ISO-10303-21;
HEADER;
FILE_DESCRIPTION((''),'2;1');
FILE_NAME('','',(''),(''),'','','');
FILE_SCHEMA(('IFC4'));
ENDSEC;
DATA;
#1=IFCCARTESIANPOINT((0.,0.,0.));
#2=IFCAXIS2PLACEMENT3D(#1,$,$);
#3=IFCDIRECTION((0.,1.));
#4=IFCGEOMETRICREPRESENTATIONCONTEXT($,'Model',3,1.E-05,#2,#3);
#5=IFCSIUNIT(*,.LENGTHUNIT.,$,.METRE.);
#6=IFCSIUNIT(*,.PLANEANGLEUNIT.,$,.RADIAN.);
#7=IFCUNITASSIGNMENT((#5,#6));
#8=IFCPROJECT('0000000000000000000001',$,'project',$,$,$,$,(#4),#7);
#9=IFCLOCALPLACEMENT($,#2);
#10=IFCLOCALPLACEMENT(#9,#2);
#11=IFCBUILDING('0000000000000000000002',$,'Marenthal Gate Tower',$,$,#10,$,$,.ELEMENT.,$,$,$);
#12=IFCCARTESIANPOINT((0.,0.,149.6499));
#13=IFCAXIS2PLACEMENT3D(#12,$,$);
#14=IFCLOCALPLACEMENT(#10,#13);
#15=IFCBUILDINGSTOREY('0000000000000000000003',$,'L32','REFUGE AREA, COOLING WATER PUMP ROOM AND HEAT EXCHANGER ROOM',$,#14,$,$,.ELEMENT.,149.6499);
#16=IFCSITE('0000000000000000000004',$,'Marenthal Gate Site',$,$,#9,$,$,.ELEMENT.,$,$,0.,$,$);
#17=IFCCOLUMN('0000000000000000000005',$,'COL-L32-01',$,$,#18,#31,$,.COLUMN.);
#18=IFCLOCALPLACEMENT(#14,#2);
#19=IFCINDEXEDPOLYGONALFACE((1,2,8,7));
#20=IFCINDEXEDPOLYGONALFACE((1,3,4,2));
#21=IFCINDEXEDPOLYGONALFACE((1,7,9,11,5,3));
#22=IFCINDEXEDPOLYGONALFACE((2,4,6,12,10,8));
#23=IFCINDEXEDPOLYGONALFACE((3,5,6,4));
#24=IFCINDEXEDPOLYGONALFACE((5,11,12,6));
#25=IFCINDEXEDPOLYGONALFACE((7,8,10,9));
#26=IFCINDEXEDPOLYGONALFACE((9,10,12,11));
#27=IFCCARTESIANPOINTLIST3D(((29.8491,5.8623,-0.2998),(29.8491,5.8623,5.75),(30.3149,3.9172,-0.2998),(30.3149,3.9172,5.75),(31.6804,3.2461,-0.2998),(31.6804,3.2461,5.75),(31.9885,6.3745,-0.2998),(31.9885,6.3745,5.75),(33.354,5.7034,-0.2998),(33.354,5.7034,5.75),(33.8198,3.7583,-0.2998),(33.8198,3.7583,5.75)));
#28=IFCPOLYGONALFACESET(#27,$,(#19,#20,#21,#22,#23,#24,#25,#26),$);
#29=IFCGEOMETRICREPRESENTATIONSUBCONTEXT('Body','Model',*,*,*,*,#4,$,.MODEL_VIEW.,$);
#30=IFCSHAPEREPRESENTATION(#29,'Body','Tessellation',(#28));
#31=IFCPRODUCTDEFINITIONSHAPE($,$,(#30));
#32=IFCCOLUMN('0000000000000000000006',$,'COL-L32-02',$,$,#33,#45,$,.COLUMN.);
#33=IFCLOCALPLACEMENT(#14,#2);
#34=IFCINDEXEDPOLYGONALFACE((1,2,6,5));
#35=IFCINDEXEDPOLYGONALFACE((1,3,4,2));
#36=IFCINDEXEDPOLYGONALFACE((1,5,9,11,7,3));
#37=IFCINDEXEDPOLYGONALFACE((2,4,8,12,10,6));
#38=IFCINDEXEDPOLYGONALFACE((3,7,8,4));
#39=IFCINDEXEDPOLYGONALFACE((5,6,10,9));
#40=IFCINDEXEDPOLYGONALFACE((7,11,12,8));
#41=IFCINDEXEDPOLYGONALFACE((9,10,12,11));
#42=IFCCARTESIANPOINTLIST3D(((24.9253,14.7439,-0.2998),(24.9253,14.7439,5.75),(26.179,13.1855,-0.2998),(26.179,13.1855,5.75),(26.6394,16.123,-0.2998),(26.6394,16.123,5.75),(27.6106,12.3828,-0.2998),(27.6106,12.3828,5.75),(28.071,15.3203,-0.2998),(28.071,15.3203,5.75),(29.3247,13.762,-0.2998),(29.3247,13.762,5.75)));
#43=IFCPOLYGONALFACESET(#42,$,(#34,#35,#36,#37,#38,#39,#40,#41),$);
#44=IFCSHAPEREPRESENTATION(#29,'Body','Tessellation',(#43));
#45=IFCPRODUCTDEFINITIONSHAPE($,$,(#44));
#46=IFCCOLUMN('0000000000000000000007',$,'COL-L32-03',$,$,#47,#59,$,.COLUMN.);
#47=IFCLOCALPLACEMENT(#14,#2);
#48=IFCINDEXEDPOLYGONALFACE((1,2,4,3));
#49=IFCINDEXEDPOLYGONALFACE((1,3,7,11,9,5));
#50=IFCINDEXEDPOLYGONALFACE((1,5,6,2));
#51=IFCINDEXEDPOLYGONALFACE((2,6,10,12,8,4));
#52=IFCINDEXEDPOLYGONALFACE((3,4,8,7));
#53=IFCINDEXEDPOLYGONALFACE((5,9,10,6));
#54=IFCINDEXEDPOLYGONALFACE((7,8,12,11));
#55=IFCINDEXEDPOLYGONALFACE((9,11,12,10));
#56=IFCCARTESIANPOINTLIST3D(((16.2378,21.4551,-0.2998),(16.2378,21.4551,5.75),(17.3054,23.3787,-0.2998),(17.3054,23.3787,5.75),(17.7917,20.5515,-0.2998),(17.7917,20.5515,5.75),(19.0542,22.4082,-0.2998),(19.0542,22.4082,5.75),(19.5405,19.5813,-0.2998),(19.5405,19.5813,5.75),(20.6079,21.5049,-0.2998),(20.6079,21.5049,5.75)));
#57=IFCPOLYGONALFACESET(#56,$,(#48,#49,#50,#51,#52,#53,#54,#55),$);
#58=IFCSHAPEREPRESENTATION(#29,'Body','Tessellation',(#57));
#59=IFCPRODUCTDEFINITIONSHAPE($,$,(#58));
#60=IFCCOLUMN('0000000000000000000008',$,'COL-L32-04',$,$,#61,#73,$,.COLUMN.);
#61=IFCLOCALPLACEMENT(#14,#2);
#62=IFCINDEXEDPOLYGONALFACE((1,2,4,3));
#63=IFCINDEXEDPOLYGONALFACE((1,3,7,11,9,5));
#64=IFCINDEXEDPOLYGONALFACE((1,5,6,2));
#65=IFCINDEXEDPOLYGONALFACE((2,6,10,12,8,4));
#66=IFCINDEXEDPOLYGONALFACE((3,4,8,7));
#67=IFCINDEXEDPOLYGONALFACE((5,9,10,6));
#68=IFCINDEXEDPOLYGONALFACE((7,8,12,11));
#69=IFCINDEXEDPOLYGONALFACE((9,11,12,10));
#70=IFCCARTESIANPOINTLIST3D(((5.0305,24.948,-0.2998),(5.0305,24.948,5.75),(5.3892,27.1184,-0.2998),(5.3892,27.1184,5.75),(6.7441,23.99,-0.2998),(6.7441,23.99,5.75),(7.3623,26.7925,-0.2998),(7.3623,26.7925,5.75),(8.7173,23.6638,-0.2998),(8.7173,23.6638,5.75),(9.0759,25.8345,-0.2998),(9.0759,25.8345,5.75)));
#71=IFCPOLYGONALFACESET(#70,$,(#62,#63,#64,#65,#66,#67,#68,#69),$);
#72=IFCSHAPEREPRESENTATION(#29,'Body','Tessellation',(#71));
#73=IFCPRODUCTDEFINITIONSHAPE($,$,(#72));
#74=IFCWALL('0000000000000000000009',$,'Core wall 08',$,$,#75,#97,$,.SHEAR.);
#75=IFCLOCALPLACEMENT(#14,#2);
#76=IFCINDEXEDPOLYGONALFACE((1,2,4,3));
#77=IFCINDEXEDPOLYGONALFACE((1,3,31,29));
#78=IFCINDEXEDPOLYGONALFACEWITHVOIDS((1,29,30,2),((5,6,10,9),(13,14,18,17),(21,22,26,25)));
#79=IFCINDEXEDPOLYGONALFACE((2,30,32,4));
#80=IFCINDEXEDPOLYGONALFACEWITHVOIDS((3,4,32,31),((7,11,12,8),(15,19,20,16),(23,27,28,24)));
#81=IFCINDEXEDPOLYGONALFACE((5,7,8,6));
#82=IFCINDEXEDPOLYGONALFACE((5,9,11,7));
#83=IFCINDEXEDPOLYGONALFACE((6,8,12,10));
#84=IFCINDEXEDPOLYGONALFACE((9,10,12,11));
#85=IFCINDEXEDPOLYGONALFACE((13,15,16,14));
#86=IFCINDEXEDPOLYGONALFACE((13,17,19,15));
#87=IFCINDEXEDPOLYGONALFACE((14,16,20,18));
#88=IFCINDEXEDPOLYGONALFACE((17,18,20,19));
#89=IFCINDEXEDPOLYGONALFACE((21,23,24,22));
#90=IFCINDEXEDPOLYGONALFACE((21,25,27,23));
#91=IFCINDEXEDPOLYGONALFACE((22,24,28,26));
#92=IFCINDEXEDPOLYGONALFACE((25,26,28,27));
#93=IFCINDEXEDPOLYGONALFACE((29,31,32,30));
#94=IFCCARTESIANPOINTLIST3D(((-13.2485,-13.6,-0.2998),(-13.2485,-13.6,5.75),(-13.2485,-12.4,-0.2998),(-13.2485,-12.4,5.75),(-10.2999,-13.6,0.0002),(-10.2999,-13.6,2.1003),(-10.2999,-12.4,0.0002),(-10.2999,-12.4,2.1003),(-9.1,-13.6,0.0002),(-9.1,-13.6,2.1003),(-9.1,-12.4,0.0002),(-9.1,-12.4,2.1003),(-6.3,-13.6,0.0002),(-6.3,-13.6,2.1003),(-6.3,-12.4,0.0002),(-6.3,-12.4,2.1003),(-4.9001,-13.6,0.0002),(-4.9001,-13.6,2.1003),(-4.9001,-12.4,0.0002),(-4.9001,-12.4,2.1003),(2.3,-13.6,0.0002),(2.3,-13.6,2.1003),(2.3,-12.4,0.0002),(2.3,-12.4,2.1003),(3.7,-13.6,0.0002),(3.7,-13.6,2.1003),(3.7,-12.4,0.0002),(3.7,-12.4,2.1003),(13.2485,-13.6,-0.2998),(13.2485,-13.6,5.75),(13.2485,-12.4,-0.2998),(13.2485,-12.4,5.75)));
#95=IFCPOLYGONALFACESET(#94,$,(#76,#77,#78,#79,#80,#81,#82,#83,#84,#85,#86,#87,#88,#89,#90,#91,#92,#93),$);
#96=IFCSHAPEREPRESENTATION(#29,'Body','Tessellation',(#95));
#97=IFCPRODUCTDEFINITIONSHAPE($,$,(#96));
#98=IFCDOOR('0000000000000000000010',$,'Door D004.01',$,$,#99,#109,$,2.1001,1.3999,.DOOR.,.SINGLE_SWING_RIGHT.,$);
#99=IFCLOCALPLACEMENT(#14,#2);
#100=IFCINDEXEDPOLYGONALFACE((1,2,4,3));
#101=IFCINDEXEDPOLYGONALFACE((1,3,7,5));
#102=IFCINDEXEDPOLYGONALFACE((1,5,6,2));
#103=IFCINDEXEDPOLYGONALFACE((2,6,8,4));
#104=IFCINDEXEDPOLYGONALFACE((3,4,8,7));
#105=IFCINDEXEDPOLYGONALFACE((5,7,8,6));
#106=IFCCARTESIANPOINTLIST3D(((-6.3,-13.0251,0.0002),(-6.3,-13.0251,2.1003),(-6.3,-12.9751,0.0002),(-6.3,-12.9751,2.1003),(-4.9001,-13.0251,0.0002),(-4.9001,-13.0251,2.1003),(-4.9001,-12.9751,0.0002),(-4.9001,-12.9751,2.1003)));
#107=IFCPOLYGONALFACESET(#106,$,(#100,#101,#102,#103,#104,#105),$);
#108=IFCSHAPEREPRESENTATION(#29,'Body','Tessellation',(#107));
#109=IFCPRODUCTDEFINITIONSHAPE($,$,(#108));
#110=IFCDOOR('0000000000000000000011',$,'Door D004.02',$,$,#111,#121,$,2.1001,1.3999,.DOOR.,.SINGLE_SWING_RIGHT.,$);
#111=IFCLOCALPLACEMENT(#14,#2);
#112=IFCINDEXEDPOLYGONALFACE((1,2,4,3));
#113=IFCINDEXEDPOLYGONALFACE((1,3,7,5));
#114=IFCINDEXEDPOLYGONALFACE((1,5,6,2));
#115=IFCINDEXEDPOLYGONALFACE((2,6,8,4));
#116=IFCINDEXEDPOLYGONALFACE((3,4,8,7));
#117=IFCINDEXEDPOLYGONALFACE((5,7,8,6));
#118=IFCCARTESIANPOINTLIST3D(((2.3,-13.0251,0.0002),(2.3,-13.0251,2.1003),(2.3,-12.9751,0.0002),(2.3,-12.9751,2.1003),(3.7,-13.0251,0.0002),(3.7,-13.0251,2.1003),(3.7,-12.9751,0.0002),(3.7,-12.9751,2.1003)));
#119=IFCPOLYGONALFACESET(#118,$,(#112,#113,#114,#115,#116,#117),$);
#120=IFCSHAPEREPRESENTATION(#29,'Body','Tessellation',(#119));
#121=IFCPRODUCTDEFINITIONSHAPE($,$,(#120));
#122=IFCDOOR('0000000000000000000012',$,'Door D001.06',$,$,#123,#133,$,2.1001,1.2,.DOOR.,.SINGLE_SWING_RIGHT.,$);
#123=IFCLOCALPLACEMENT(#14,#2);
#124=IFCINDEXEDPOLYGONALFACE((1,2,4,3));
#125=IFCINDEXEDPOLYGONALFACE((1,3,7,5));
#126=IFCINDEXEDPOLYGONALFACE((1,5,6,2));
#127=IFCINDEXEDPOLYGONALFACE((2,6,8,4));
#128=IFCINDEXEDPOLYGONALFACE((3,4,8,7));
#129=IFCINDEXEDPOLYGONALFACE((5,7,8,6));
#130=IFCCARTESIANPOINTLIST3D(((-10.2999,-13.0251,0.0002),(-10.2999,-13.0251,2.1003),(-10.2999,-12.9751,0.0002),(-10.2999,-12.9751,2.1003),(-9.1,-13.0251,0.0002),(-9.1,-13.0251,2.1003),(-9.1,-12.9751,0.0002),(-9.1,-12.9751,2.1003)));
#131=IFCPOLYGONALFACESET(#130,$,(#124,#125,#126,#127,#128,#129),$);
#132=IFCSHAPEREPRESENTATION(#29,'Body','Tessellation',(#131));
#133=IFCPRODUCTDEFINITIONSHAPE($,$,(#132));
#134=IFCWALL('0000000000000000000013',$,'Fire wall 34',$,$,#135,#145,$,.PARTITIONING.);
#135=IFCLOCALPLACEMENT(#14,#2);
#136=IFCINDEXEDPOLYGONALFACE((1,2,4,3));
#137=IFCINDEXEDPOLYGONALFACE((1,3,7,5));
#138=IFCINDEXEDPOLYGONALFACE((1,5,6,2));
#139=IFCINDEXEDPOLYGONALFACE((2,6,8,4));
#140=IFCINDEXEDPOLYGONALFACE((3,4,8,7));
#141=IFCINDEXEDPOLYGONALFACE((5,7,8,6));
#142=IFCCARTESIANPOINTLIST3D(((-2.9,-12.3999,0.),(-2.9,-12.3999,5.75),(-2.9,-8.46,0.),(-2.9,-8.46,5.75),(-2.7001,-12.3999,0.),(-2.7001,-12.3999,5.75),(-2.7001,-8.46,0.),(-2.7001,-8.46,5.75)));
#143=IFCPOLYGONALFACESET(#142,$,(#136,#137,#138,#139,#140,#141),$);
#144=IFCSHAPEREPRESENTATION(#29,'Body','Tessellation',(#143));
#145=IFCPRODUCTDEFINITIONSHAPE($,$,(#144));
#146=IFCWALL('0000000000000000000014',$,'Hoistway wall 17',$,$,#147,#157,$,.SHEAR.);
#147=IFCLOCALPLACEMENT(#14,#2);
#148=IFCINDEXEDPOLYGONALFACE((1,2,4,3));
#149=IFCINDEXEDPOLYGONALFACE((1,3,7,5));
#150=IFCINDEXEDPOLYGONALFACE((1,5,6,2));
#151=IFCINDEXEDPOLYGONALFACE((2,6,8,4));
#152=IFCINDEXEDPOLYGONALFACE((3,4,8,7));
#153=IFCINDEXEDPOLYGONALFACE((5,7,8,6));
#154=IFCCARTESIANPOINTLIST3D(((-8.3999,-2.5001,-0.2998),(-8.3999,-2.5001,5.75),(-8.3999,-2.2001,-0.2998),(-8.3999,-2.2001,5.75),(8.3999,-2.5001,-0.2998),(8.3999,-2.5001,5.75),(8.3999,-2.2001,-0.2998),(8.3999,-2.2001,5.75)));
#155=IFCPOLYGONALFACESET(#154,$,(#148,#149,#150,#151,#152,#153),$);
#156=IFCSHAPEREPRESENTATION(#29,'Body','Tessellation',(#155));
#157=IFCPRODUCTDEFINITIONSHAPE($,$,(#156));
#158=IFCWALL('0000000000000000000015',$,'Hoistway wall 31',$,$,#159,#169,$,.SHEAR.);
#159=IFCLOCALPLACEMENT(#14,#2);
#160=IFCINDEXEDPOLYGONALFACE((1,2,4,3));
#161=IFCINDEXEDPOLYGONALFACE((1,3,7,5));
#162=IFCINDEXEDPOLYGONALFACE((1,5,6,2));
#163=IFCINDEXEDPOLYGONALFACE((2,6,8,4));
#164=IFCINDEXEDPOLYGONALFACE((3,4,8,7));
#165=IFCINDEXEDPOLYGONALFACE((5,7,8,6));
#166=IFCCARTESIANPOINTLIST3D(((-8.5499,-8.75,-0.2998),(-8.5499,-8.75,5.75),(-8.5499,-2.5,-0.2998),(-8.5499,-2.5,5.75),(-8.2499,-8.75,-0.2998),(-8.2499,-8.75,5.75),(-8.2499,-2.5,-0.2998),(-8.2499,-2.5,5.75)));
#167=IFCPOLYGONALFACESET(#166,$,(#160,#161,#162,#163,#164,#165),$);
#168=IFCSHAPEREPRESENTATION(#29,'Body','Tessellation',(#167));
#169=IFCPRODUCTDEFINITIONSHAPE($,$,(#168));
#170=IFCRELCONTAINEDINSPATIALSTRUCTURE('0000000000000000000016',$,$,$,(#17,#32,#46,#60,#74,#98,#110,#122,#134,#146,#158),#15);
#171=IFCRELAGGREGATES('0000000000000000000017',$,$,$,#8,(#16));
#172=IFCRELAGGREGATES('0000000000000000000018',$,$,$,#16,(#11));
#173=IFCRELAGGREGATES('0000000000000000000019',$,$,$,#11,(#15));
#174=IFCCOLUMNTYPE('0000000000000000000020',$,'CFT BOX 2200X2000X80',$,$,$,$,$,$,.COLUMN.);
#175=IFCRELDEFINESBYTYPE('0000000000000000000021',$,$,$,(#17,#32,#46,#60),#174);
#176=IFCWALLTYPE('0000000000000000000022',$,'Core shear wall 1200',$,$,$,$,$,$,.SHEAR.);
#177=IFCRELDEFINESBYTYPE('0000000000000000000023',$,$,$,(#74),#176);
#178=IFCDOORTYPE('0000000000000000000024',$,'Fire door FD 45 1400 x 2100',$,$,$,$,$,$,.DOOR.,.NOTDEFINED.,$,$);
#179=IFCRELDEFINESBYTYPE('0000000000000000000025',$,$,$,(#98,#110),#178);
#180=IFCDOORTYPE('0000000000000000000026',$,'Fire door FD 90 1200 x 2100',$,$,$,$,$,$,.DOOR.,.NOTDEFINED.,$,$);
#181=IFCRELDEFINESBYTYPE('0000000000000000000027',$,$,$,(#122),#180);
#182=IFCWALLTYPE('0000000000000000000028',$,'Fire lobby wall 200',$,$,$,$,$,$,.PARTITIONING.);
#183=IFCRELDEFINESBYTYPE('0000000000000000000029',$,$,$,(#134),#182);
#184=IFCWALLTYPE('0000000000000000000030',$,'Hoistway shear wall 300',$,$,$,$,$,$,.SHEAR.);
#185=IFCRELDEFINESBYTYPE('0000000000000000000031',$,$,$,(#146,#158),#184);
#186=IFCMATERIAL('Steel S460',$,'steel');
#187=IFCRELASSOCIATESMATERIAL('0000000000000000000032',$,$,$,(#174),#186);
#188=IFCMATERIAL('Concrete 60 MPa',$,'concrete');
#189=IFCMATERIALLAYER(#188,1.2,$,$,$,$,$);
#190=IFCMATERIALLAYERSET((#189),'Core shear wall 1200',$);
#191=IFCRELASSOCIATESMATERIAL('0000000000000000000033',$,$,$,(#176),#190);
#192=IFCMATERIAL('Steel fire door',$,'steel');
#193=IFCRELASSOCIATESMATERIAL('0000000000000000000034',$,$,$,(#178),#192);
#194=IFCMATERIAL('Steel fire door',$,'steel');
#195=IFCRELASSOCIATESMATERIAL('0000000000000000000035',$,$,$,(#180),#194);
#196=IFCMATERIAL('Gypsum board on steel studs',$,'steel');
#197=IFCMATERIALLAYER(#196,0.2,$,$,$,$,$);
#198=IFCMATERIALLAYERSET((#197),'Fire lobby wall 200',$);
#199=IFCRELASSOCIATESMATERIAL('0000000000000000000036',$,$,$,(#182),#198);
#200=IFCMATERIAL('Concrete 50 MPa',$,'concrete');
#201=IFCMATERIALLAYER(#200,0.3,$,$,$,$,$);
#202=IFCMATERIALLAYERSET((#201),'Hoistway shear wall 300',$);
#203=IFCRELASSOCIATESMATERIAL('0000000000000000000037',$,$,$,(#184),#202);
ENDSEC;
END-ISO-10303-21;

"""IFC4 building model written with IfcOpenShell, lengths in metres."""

from ifc_helpers import new_model, si_unit, direction, frame, frame_2d, origin, origin_2d, place, context, subcontext, project, spatial, polyline, rectangle, hollow_rectangle, outline, extrude, material, layer, layer_set, material_profile, profile_set, type_object, element, fill, save


model = new_model("IFC4")

# Units and contexts
model_context = context("Model", 3, precision=1e-05, world=origin(), true_north=direction((0.0, 1.0)))
body_context = subcontext(model_context, "Body", "Model", "MODEL_VIEW")
ifc_project = project(units=[si_unit("LENGTHUNIT", "METRE"), si_unit("PLANEANGLEUNIT", "RADIAN")], contexts=[model_context])

# Site, building, storey
site_placement = place(None, origin())
site = spatial("IfcSite", under=ifc_project, at=site_placement, Name="Marenthal Gate Site", CompositionType="ELEMENT", RefElevation=0.0)
building_placement = place(site_placement, origin())
building = spatial("IfcBuilding", under=site, at=building_placement, Name="Marenthal Gate Tower", CompositionType="ELEMENT")
storey_placement = place(building_placement, frame((0.0, 0.0, 149.6499)))
storey = spatial("IfcBuildingStorey", under=building, at=storey_placement, Name="L32", Description="REFUGE AREA, COOLING WATER PUMP ROOM AND HEAT EXCHANGER ROOM", CompositionType="ELEMENT", Elevation=149.6499)

# Columns
ifc_material_1 = material(Name="Steel S460", Category="steel")
ifc_material_profile_1 = material_profile(ifc_material_1, hollow_rectangle(XDim=2.0, YDim=2.2, WallThickness=0.0801, at=origin_2d()), Name="CFT BOX 2200X2000X80")
ifc_material_2 = material(Name="Concrete 70 MPa", Category="concrete")
ifc_material_profile_2 = material_profile(ifc_material_2, rectangle(XDim=1.8401, YDim=2.04, at=origin_2d()), Name="CFT BOX 2200X2000X80 INFILL")
ifc_profile_set = profile_set([ifc_material_profile_1, ifc_material_profile_2], Name="Steel S460 shell, Concrete 70 MPa infill")
column_type = type_object("IfcColumnType", Name="CFT BOX 2200X2000X80", PredefinedType="COLUMN", material=ifc_profile_set)
column_1_placement = place(storey_placement, frame((0.0, 0.0, -0.2998)))
element("IfcColumn", 1, at=column_1_placement, inside=storey, type_object=column_type, Name="COL-L32-01", PredefinedType="COLUMN", context=body_context, shape_type="SweptSolid", body=[
    extrude(outline(polyline([(31.6804, 3.2461), (30.3149, 3.9172), (29.8491, 5.8623), (31.9885, 6.3745), (33.354, 5.7034), (33.8198, 3.7583), (31.6804, 3.2461)])), origin(), (0.0, 0.0, 1.0), 6.0498),
])
column_2_placement = place(storey_placement, frame((0.0, 0.0, -0.2998)))
element("IfcColumn", 2, at=column_2_placement, inside=storey, type_object=column_type, Name="COL-L32-02", PredefinedType="COLUMN", context=body_context, shape_type="SweptSolid", body=[
    extrude(outline(polyline([(27.6106, 12.3828), (26.179, 13.1855), (24.9253, 14.7439), (26.6394, 16.123), (28.071, 15.3203), (29.3247, 13.762), (27.6106, 12.3828)])), origin(), (0.0, 0.0, 1.0), 6.0498),
])
column_3_placement = place(storey_placement, frame((0.0, 0.0, -0.2998)))
element("IfcColumn", 3, at=column_3_placement, inside=storey, type_object=column_type, Name="COL-L32-03", PredefinedType="COLUMN", context=body_context, shape_type="SweptSolid", body=[
    extrude(outline(polyline([(19.5405, 19.5813), (17.7917, 20.5515), (16.2378, 21.4551), (17.3054, 23.3787), (19.0542, 22.4082), (20.6079, 21.5049), (19.5405, 19.5813)])), origin(), (0.0, 0.0, 1.0), 6.0498),
])
column_4_placement = place(storey_placement, frame((0.0, 0.0, -0.2998)))
element("IfcColumn", 4, at=column_4_placement, inside=storey, type_object=column_type, Name="COL-L32-04", PredefinedType="COLUMN", context=body_context, shape_type="SweptSolid", body=[
    extrude(outline(polyline([(8.7173, 23.6638), (6.7441, 23.99), (5.0305, 24.948), (5.3892, 27.1184), (7.3623, 26.7925), (9.0759, 25.8345), (8.7173, 23.6638)])), origin(), (0.0, 0.0, 1.0), 6.0498),
])

# Wall, openings, doors
ifc_material_3 = material(Name="Concrete 60 MPa", Category="concrete")
ifc_layer_1 = layer(ifc_material_3, 1.2)
ifc_layer_set_1 = layer_set([ifc_layer_1], Name="Core shear wall 1200")
wall_type_1 = type_object("IfcWallType", Name="Core shear wall 1200", PredefinedType="SHEAR", material=ifc_layer_set_1)
wall_1_placement = place(storey_placement, frame((-13.2485, -13.0, -0.2998), z_axis=(0.0, 0.0, 1.0), x_axis=(1.0, 0.0, 0.0)))
wall_1 = element("IfcWall", 5, at=wall_1_placement, inside=storey, type_object=wall_type_1, Name="Core wall 08", PredefinedType="SHEAR", context=body_context, shape_type="SweptSolid", body=[
    extrude(rectangle(XDim=26.4971, YDim=1.2, at=frame_2d((13.2485, 0.0))), origin(), (0.0, 0.0, 1.0), 6.0498),
])
opening_1_placement = place(wall_1_placement, frame((2.9485, 0.0, 0.3)))
opening_1 = element("IfcOpeningElement", 6, at=opening_1_placement, cuts=wall_1, PredefinedType="OPENING", context=body_context, shape_type="SweptSolid", body=[
    extrude(rectangle(XDim=1.2, YDim=2.1001, at=frame_2d((0.6001, 1.05))), frame((0.0, 0.6099, 0.0), z_axis=(0.0, -1.0, 0.0), x_axis=(1.0, 0.0, 0.0)), (0.0, 0.0, 1.0), 1.22),
])
opening_2_placement = place(wall_1_placement, frame((6.9485, 0.0, 0.3)))
opening_2 = element("IfcOpeningElement", 7, at=opening_2_placement, cuts=wall_1, PredefinedType="OPENING", context=body_context, shape_type="SweptSolid", body=[
    extrude(rectangle(XDim=1.3999, YDim=2.1001, at=frame_2d((0.7, 1.05))), frame((0.0, 0.6099, 0.0), z_axis=(0.0, -1.0, 0.0), x_axis=(1.0, 0.0, 0.0)), (0.0, 0.0, 1.0), 1.22),
])
opening_3_placement = place(wall_1_placement, frame((15.5486, 0.0, 0.3)))
opening_3 = element("IfcOpeningElement", 8, at=opening_3_placement, cuts=wall_1, PredefinedType="OPENING", context=body_context, shape_type="SweptSolid", body=[
    extrude(rectangle(XDim=1.3999, YDim=2.1001, at=frame_2d((0.7, 1.05))), frame((0.0, 0.6099, 0.0), z_axis=(0.0, -1.0, 0.0), x_axis=(1.0, 0.0, 0.0)), (0.0, 0.0, 1.0), 1.22),
])
ifc_material_4 = material(Name="Steel fire door", Category="steel")
door_type_1 = type_object("IfcDoorType", Name="Fire door FD 45 1400 x 2100", OperationType="NOTDEFINED", PredefinedType="DOOR", material=ifc_material_4)
door_1_placement = place(opening_2_placement, origin())
door_1 = element("IfcDoor", 9, at=door_1_placement, inside=storey, type_object=door_type_1, Name="Door D004.01", OperationType="SINGLE_SWING_RIGHT", OverallHeight=2.1001, OverallWidth=1.3999, PredefinedType="DOOR", context=body_context, shape_type="SweptSolid", body=[
    extrude(rectangle(XDim=1.3999, YDim=2.1001, at=frame_2d((0.7, 1.05))), frame((0.0, 0.0249, 0.0), z_axis=(0.0, -1.0, 0.0), x_axis=(1.0, 0.0, 0.0)), (0.0, 0.0, 1.0), 0.05),
])
fill(opening_2, door_1)
door_2_placement = place(opening_3_placement, origin())
door_2 = element("IfcDoor", 10, at=door_2_placement, inside=storey, type_object=door_type_1, Name="Door D004.02", OperationType="SINGLE_SWING_RIGHT", OverallHeight=2.1001, OverallWidth=1.3999, PredefinedType="DOOR", context=body_context, shape_type="SweptSolid", body=[
    extrude(rectangle(XDim=1.3999, YDim=2.1001, at=frame_2d((0.7, 1.05))), frame((0.0, 0.0249, 0.0), z_axis=(0.0, -1.0, 0.0), x_axis=(1.0, 0.0, 0.0)), (0.0, 0.0, 1.0), 0.05),
])
fill(opening_3, door_2)
ifc_material_5 = material(Name="Steel fire door", Category="steel")
door_type_2 = type_object("IfcDoorType", Name="Fire door FD 90 1200 x 2100", OperationType="NOTDEFINED", PredefinedType="DOOR", material=ifc_material_5)
door_3_placement = place(opening_1_placement, origin())
door_3 = element("IfcDoor", 11, at=door_3_placement, inside=storey, type_object=door_type_2, Name="Door D001.06", OperationType="SINGLE_SWING_RIGHT", OverallHeight=2.1001, OverallWidth=1.2, PredefinedType="DOOR", context=body_context, shape_type="SweptSolid", body=[
    extrude(rectangle(XDim=1.2, YDim=2.1001, at=frame_2d((0.6001, 1.05))), frame((0.0, 0.0249, 0.0), z_axis=(0.0, -1.0, 0.0), x_axis=(1.0, 0.0, 0.0)), (0.0, 0.0, 1.0), 0.05),
])
fill(opening_1, door_3)

# Walls
ifc_material_6 = material(Name="Gypsum board on steel studs", Category="steel")
ifc_layer_2 = layer(ifc_material_6, 0.2)
ifc_layer_set_2 = layer_set([ifc_layer_2], Name="Fire lobby wall 200")
wall_type_2 = type_object("IfcWallType", Name="Fire lobby wall 200", PredefinedType="PARTITIONING", material=ifc_layer_set_2)
wall_2_placement = place(storey_placement, frame((-2.8, -12.3999, 0.0), z_axis=(0.0, 0.0, 1.0), x_axis=(0.0, 1.0, 0.0)))
element("IfcWall", 12, at=wall_2_placement, inside=storey, type_object=wall_type_2, Name="Fire wall 34", PredefinedType="PARTITIONING", context=body_context, shape_type="SweptSolid", body=[
    extrude(rectangle(XDim=3.9399, YDim=0.2, at=frame_2d((1.97, 0.0))), origin(), (0.0, 0.0, 1.0), 5.75),
])
ifc_material_7 = material(Name="Concrete 50 MPa", Category="concrete")
ifc_layer_3 = layer(ifc_material_7, 0.3)
ifc_layer_set_3 = layer_set([ifc_layer_3], Name="Hoistway shear wall 300")
wall_type_3 = type_object("IfcWallType", Name="Hoistway shear wall 300", PredefinedType="SHEAR", material=ifc_layer_set_3)
wall_3_placement = place(storey_placement, frame((-8.3999, -2.3501, -0.2998), z_axis=(0.0, 0.0, 1.0), x_axis=(1.0, 0.0, 0.0)))
element("IfcWall", 13, at=wall_3_placement, inside=storey, type_object=wall_type_3, Name="Hoistway wall 17", PredefinedType="SHEAR", context=body_context, shape_type="SweptSolid", body=[
    extrude(rectangle(XDim=16.7998, YDim=0.3, at=frame_2d((8.3999, 0.0))), origin(), (0.0, 0.0, 1.0), 6.0498),
])
wall_4_placement = place(storey_placement, frame((-8.3999, -8.75, -0.2998), z_axis=(0.0, 0.0, 1.0), x_axis=(0.0, 1.0, 0.0)))
element("IfcWall", 14, at=wall_4_placement, inside=storey, type_object=wall_type_3, Name="Hoistway wall 31", PredefinedType="SHEAR", context=body_context, shape_type="SweptSolid", body=[
    extrude(rectangle(XDim=6.25, YDim=0.3, at=frame_2d((3.125, 0.0))), origin(), (0.0, 0.0, 1.0), 6.0498),
])

save(model, "model.ifc")
